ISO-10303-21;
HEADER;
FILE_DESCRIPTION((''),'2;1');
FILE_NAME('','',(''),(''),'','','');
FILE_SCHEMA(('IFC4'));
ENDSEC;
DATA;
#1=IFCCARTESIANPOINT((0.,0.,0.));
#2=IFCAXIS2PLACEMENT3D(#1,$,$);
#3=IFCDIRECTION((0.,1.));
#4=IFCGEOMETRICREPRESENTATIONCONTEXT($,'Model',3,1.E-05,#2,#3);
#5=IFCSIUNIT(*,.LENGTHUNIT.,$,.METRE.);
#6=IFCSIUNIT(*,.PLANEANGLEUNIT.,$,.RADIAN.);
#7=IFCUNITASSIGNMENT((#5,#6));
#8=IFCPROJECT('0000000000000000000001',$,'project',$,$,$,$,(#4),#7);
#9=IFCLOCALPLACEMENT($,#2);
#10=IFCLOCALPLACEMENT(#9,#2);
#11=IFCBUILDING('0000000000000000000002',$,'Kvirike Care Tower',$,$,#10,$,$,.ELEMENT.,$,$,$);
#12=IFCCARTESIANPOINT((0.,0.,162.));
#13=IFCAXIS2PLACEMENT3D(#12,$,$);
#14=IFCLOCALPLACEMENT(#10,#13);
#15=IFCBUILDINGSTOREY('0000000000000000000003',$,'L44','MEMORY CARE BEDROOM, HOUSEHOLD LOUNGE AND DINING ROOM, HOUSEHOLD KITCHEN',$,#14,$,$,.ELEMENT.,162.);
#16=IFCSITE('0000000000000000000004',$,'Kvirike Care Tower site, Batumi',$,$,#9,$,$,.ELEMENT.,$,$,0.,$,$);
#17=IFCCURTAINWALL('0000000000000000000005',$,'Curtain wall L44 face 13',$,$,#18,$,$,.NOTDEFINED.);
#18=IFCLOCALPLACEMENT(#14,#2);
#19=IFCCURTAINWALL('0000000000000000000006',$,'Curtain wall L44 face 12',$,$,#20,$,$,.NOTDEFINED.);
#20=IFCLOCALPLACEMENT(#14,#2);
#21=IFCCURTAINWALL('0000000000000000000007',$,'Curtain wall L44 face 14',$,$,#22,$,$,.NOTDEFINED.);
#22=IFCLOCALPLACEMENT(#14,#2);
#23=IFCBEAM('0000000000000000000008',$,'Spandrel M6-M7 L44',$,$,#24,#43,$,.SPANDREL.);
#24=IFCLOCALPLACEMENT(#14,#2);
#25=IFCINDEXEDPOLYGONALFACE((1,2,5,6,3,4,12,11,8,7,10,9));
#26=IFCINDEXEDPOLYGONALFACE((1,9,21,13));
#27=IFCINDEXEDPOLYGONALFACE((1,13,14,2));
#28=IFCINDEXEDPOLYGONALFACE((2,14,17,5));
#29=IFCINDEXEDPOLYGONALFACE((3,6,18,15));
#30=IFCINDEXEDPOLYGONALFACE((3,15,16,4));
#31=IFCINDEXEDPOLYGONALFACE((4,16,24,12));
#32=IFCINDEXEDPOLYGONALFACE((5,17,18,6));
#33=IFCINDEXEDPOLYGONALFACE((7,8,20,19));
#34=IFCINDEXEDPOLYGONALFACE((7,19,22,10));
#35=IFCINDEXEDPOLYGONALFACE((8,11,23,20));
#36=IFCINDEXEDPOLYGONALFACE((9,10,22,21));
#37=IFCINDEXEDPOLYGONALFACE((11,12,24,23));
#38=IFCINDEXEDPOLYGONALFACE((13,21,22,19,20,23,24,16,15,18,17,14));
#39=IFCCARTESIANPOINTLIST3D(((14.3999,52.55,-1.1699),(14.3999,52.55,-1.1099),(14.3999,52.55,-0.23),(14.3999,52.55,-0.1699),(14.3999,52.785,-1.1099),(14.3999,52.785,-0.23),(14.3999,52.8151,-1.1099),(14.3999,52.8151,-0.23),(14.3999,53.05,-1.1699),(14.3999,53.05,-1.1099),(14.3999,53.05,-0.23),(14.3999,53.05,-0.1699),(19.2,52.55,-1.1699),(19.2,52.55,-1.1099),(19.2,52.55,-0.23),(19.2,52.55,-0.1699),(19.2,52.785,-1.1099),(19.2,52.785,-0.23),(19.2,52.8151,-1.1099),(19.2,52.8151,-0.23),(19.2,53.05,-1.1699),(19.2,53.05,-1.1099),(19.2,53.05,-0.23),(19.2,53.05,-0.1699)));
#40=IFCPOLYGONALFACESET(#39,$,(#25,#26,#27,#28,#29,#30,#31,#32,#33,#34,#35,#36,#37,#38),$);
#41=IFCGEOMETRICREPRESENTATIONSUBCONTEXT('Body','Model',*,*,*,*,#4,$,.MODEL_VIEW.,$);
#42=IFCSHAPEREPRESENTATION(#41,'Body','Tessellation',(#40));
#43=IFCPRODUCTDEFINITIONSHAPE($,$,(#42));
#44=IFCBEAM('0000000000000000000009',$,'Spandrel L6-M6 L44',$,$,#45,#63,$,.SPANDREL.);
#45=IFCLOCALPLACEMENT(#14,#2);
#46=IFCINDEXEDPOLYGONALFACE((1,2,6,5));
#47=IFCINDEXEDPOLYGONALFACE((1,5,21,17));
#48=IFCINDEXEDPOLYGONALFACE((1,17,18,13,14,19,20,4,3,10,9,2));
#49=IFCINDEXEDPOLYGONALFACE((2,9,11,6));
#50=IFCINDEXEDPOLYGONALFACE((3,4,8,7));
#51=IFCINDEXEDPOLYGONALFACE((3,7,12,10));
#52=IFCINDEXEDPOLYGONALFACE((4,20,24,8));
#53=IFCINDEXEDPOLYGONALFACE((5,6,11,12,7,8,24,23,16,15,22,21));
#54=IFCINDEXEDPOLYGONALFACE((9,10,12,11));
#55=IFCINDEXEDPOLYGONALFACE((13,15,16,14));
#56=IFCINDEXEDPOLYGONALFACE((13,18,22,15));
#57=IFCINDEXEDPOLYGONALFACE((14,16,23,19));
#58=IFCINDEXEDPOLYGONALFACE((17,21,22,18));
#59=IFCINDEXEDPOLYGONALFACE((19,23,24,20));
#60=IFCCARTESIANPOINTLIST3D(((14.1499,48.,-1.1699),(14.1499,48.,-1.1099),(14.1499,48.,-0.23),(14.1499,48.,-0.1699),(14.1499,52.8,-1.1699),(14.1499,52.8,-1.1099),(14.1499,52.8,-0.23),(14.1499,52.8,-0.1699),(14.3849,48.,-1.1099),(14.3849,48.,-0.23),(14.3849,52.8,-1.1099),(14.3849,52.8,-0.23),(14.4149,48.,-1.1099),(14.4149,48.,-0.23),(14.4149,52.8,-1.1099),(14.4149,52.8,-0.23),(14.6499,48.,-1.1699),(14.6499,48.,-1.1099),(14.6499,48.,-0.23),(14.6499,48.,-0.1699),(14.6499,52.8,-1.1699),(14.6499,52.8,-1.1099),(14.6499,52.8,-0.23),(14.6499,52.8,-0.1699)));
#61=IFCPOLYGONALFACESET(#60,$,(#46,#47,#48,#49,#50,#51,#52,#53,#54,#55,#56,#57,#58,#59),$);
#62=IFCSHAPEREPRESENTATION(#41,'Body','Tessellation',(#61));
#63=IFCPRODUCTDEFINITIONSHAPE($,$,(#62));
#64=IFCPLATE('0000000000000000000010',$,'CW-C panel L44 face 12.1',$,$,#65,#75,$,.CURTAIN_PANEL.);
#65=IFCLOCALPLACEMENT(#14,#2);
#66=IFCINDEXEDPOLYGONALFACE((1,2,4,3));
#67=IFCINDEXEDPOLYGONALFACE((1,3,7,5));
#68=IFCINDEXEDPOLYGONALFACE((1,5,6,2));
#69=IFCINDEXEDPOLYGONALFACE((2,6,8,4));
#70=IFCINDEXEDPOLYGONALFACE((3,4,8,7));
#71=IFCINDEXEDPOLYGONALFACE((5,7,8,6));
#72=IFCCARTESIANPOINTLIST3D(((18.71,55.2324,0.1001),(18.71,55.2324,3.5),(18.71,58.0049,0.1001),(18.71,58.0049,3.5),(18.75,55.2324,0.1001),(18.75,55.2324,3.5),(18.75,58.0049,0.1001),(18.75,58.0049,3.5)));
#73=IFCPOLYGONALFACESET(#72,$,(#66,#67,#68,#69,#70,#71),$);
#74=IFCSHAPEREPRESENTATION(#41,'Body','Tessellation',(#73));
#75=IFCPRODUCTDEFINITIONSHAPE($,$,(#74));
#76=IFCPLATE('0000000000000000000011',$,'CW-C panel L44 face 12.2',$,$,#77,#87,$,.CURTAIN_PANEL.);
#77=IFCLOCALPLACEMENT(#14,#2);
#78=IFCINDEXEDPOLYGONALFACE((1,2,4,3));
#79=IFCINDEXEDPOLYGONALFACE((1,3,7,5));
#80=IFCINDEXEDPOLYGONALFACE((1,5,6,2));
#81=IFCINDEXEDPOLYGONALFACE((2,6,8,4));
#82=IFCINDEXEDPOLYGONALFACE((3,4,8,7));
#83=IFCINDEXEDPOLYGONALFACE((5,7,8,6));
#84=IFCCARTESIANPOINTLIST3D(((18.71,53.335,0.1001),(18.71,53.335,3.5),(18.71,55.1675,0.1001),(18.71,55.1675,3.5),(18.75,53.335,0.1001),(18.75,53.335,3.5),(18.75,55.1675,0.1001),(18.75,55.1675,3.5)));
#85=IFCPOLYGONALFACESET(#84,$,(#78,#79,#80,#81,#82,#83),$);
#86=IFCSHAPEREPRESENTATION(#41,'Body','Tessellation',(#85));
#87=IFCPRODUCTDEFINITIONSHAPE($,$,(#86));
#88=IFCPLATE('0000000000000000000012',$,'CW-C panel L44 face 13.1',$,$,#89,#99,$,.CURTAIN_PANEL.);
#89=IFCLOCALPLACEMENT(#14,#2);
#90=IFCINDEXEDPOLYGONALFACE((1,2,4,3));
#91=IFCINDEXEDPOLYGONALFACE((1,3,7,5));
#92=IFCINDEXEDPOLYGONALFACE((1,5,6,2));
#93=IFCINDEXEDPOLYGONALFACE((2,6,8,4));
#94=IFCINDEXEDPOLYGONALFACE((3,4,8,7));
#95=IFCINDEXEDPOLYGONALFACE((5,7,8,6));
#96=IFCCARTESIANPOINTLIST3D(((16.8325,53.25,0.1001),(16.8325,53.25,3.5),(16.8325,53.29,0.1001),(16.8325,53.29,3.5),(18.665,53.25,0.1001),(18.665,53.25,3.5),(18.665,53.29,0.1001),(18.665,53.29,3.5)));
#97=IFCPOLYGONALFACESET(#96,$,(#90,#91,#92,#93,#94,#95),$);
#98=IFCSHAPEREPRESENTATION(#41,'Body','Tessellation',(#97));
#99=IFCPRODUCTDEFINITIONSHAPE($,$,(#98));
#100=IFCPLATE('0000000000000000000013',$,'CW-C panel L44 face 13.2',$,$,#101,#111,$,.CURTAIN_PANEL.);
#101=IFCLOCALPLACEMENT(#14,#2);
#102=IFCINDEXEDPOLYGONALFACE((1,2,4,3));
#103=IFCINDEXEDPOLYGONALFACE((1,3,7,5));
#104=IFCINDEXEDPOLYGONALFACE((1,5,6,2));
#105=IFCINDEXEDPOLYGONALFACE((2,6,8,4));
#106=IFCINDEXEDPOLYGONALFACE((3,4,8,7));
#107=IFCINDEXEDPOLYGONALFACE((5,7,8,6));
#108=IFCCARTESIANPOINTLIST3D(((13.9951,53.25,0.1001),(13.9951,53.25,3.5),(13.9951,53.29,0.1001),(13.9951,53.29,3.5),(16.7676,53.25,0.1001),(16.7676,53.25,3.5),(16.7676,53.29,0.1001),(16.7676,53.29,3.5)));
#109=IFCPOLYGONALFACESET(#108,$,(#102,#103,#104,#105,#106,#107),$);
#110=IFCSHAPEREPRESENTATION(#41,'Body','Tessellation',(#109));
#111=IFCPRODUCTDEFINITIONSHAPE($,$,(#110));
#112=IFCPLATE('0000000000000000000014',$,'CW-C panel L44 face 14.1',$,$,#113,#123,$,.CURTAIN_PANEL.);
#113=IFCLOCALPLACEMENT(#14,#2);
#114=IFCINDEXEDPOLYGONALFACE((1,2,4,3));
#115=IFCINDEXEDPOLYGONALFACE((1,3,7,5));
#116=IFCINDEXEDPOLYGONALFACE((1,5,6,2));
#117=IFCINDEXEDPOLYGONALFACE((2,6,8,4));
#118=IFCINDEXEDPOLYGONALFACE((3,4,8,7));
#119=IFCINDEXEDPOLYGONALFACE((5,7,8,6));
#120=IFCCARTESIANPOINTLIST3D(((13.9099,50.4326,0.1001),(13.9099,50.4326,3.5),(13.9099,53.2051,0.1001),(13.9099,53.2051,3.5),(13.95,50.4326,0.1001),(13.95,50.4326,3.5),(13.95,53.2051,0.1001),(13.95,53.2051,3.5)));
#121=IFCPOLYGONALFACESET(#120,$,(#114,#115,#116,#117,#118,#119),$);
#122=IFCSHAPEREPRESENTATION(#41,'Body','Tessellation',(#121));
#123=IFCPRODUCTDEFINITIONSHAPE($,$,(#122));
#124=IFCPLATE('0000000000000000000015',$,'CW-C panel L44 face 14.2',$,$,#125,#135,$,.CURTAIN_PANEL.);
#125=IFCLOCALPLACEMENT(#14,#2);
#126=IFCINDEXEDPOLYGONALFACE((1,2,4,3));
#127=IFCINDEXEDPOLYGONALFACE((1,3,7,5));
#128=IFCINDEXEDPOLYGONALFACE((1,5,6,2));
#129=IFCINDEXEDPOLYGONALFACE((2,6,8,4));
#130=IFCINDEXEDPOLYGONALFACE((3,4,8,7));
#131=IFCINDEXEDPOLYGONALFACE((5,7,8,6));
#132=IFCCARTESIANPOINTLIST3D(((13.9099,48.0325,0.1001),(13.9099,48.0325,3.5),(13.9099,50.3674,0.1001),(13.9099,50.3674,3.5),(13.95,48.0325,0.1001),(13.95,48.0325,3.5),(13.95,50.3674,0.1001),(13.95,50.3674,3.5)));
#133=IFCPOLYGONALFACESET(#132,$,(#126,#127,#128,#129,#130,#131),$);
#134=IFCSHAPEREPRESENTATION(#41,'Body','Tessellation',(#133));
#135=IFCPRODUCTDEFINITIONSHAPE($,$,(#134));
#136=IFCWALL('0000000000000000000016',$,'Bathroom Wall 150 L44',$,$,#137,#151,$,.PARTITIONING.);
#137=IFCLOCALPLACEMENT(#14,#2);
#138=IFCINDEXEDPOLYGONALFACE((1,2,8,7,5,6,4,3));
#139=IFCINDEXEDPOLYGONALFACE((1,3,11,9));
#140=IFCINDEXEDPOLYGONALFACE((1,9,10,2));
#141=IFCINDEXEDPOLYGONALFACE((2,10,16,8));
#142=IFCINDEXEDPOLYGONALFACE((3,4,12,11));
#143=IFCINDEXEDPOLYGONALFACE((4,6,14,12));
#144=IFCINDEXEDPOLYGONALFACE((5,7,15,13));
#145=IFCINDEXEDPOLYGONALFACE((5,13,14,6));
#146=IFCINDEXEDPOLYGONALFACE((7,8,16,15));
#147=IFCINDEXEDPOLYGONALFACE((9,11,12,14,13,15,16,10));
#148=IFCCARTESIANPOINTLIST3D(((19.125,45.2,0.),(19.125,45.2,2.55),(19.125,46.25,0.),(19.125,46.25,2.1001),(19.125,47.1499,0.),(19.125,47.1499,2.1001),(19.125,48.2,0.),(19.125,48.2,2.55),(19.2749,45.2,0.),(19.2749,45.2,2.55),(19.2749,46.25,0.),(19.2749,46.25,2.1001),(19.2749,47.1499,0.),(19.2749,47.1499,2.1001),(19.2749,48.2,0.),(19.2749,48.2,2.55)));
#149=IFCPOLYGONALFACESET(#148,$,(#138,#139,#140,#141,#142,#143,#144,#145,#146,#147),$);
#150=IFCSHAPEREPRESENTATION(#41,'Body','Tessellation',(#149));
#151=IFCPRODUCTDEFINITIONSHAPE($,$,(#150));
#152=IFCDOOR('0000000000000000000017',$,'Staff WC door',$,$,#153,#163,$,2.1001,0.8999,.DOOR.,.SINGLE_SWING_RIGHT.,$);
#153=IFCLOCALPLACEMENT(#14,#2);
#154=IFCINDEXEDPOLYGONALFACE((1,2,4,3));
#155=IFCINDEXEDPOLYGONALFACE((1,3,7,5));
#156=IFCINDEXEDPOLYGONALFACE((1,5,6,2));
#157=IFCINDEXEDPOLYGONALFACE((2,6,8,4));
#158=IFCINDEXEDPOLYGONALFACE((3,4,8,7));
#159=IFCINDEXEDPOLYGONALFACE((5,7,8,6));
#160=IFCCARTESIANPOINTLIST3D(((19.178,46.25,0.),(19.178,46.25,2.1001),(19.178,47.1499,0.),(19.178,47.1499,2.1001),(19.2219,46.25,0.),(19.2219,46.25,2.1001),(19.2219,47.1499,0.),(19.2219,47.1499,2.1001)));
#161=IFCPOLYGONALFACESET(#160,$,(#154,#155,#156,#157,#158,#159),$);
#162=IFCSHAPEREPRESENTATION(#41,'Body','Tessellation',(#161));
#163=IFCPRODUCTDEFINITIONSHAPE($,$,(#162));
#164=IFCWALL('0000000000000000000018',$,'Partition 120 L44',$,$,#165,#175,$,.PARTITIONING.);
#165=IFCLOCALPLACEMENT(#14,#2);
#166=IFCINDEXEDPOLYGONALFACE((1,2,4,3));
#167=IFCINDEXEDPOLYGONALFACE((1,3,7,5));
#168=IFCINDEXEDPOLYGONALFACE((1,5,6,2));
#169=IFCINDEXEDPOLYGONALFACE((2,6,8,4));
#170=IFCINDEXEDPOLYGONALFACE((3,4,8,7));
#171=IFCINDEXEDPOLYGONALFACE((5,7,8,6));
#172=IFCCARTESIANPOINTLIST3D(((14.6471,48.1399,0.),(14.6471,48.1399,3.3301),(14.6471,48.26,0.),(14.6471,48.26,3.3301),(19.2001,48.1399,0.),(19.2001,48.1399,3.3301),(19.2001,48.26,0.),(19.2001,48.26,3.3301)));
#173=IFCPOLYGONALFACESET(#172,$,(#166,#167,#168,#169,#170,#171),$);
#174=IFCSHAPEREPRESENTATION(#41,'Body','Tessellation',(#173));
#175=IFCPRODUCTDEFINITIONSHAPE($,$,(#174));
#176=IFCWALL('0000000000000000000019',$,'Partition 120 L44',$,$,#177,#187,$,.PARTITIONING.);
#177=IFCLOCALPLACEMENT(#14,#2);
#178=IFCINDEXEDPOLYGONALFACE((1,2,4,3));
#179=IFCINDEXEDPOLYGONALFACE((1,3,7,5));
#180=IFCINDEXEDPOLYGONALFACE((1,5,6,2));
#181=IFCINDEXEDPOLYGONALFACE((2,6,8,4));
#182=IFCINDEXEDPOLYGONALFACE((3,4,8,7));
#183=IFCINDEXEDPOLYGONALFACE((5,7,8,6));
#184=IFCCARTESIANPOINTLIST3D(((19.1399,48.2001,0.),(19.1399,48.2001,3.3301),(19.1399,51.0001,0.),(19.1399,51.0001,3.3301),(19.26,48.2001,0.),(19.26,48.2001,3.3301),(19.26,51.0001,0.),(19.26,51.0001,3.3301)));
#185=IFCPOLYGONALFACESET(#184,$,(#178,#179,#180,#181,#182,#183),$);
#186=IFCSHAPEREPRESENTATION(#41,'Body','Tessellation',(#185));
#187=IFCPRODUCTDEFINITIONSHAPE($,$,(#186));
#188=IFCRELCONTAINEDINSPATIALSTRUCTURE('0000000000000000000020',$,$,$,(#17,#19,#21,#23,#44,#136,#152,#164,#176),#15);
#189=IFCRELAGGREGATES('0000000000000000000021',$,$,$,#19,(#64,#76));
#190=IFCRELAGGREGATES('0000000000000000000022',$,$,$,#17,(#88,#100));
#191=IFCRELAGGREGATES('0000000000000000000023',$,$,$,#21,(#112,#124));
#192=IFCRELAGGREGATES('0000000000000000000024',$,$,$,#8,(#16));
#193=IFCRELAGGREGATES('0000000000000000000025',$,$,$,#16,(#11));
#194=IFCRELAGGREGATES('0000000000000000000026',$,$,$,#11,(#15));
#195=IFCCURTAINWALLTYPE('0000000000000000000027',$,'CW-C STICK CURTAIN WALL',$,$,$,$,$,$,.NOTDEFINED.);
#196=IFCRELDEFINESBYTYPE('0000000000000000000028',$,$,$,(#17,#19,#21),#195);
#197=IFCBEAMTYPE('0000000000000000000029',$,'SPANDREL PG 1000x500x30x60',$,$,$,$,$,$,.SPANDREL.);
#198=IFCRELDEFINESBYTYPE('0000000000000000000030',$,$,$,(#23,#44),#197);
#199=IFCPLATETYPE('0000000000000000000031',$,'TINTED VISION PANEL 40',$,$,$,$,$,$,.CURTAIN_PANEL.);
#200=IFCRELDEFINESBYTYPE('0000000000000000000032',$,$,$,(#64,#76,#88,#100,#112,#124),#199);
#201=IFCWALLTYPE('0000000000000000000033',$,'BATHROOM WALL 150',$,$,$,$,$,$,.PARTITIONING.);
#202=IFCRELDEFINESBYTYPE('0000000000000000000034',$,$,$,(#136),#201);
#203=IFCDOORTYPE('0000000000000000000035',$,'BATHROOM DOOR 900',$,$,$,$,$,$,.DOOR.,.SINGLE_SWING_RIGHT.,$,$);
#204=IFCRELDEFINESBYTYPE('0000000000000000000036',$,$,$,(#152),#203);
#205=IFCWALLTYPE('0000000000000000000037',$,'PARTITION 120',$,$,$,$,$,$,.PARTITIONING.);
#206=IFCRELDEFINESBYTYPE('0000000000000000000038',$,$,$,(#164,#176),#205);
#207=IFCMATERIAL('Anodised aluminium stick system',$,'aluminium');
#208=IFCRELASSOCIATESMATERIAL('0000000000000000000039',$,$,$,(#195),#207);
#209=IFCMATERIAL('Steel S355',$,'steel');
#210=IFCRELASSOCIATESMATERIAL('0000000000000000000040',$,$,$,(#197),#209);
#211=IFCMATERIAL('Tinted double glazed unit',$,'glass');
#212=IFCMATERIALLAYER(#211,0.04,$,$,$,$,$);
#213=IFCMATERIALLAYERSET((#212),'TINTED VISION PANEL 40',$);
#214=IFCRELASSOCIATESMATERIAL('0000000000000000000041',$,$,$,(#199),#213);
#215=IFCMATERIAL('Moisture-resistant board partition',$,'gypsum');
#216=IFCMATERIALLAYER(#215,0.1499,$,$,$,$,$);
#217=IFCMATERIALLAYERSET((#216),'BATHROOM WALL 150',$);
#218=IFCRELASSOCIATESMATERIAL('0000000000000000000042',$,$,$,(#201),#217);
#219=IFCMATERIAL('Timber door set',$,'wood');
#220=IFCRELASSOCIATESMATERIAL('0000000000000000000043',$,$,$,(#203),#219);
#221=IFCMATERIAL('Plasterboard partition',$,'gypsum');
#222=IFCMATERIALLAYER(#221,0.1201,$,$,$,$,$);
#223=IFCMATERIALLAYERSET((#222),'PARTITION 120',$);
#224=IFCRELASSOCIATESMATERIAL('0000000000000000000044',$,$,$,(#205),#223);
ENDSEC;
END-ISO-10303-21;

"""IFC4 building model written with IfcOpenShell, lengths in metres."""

from ifc_helpers import new_model, si_unit, direction, frame, frame_2d, origin, origin_2d, place, context, subcontext, project, spatial, rectangle, i_section, extrude, material, layer, layer_set, material_profile, profile_set, type_object, element, fill, aggregate, save


model = new_model("IFC4")

# Units and contexts
model_context = context("Model", 3, precision=1e-05, world=origin(), true_north=direction((0.0, 1.0)))
body_context = subcontext(model_context, "Body", "Model", "MODEL_VIEW")
ifc_project = project(units=[si_unit("LENGTHUNIT", "METRE"), si_unit("PLANEANGLEUNIT", "RADIAN")], contexts=[model_context])

# Site, building, storey
site_placement = place(None, origin())
site = spatial("IfcSite", under=ifc_project, at=site_placement, Name="Kvirike Care Tower site, Batumi", CompositionType="ELEMENT", RefElevation=0.0)
building_placement = place(site_placement, origin())
building = spatial("IfcBuilding", under=site, at=building_placement, Name="Kvirike Care Tower", CompositionType="ELEMENT")
storey_placement = place(building_placement, frame((0.0, 0.0, 162.0)))
storey = spatial("IfcBuildingStorey", under=building, at=storey_placement, Name="L44", Description="MEMORY CARE BEDROOM, HOUSEHOLD LOUNGE AND DINING ROOM, HOUSEHOLD KITCHEN", CompositionType="ELEMENT", Elevation=162.0)

# Curtain wall
ifc_material_1 = material(Name="Anodised aluminium stick system", Category="aluminium")
curtain_wall_type = type_object("IfcCurtainWallType", Name="CW-C STICK CURTAIN WALL", PredefinedType="NOTDEFINED", material=ifc_material_1)
curtain_wall_1_placement = place(storey_placement, origin())
curtain_wall_1 = element("IfcCurtainWall", 1, at=curtain_wall_1_placement, inside=storey, type_object=curtain_wall_type, Name="Curtain wall L44 face 13", PredefinedType="NOTDEFINED")

# Curtain wall
curtain_wall_2_placement = place(storey_placement, origin())
curtain_wall_2 = element("IfcCurtainWall", 2, at=curtain_wall_2_placement, inside=storey, type_object=curtain_wall_type, Name="Curtain wall L44 face 12", PredefinedType="NOTDEFINED")

# Curtain wall
curtain_wall_3_placement = place(storey_placement, origin())
curtain_wall_3 = element("IfcCurtainWall", 3, at=curtain_wall_3_placement, inside=storey, type_object=curtain_wall_type, Name="Curtain wall L44 face 14", PredefinedType="NOTDEFINED")

# Beams
ifc_material_2 = material(Name="Steel S355", Category="steel")
ifc_material_profile_1 = material_profile(ifc_material_2, i_section(OverallWidth=0.5, OverallDepth=1.0, WebThickness=0.03, FlangeThickness=0.0601, at=origin_2d()), Name="PG 1000x500x30x60")
ifc_profile_set_1 = profile_set([ifc_material_profile_1], Name="Steel S355")
beam_type_1 = type_object("IfcBeamType", Name="SPANDREL PG 1000x500x30x60", PredefinedType="SPANDREL", material=ifc_profile_set_1)
for number, where, z_axis, x_axis, name in (
    (4, (14.3999, 52.8, -0.6699), (1.0, 0.0, 0.0), (0.0, 1.0, 0.0), "Spandrel M6-M7 L44"),
    (5, (14.3999, 48.0, -0.6699), (0.0, 1.0, 0.0), (-1.0, 0.0, 0.0), "Spandrel L6-M6 L44"),
):
    element("IfcBeam", number, at=place(storey_placement, frame(where, z_axis=z_axis, x_axis=x_axis)), inside=storey, type_object=beam_type_1, Name=name, PredefinedType="SPANDREL", context=body_context, shape_type="SweptSolid", body=[
        extrude(i_section(OverallWidth=0.5, OverallDepth=1.0, WebThickness=0.03, FlangeThickness=0.0601, at=origin_2d()), origin(), (0.0, 0.0, 1.0), 4.8),
    ])

# Plates
ifc_material_3 = material(Name="Tinted double glazed unit", Category="glass")
ifc_layer_1 = layer(ifc_material_3, 0.04)
ifc_layer_set_1 = layer_set([ifc_layer_1], Name="TINTED VISION PANEL 40")
plate_type = type_object("IfcPlateType", Name="TINTED VISION PANEL 40", PredefinedType="CURTAIN_PANEL", material=ifc_layer_set_1)
plate_1_placement = place(storey_placement, frame((18.73, 56.6187, 0.1001), z_axis=(0.0, 0.0, 1.0), x_axis=(0.0, -1.0, 0.0)))
plate_1 = element("IfcPlate", 6, at=plate_1_placement, type_object=plate_type, Name="CW-C panel L44 face 12.1", PredefinedType="CURTAIN_PANEL", context=body_context, shape_type="SweptSolid", body=[
    extrude(rectangle(XDim=2.7725, YDim=0.04, at=origin_2d()), origin(), (0.0, 0.0, 1.0), 3.3999),
])
plate_2_placement = place(storey_placement, frame((18.73, 54.2512, 0.1001), z_axis=(0.0, 0.0, 1.0), x_axis=(0.0, -1.0, 0.0)))
plate_2 = element("IfcPlate", 7, at=plate_2_placement, type_object=plate_type, Name="CW-C panel L44 face 12.2", PredefinedType="CURTAIN_PANEL", context=body_context, shape_type="SweptSolid", body=[
    extrude(rectangle(XDim=1.8325, YDim=0.04, at=origin_2d()), origin(), (0.0, 0.0, 1.0), 3.3999),
])
aggregate(curtain_wall_2, [plate_1, plate_2])
plate_3_placement = place(storey_placement, frame((17.7488, 53.27, 0.1001), z_axis=(0.0, 0.0, 1.0), x_axis=(-1.0, 0.0, 0.0)))
plate_3 = element("IfcPlate", 8, at=plate_3_placement, type_object=plate_type, Name="CW-C panel L44 face 13.1", PredefinedType="CURTAIN_PANEL", context=body_context, shape_type="SweptSolid", body=[
    extrude(rectangle(XDim=1.8325, YDim=0.04, at=origin_2d()), origin(), (0.0, 0.0, 1.0), 3.3999),
])
plate_4_placement = place(storey_placement, frame((15.3813, 53.27, 0.1001), z_axis=(0.0, 0.0, 1.0), x_axis=(-1.0, 0.0, 0.0)))
plate_4 = element("IfcPlate", 9, at=plate_4_placement, type_object=plate_type, Name="CW-C panel L44 face 13.2", PredefinedType="CURTAIN_PANEL", context=body_context, shape_type="SweptSolid", body=[
    extrude(rectangle(XDim=2.7725, YDim=0.04, at=origin_2d()), origin(), (0.0, 0.0, 1.0), 3.3999),
])
aggregate(curtain_wall_1, [plate_3, plate_4])
plate_5_placement = place(storey_placement, frame((13.9299, 51.8188, 0.1001), z_axis=(0.0, 0.0, 1.0), x_axis=(0.0, -1.0, 0.0)))
plate_5 = element("IfcPlate", 10, at=plate_5_placement, type_object=plate_type, Name="CW-C panel L44 face 14.1", PredefinedType="CURTAIN_PANEL", context=body_context, shape_type="SweptSolid", body=[
    extrude(rectangle(XDim=2.7725, YDim=0.04, at=origin_2d()), origin(), (0.0, 0.0, 1.0), 3.3999),
])
plate_6_placement = place(storey_placement, frame((13.9299, 49.2, 0.1001), z_axis=(0.0, 0.0, 1.0), x_axis=(0.0, -1.0, 0.0)))
plate_6 = element("IfcPlate", 11, at=plate_6_placement, type_object=plate_type, Name="CW-C panel L44 face 14.2", PredefinedType="CURTAIN_PANEL", context=body_context, shape_type="SweptSolid", body=[
    extrude(rectangle(XDim=2.335, YDim=0.04, at=origin_2d()), origin(), (0.0, 0.0, 1.0), 3.3999),
])
aggregate(curtain_wall_3, [plate_5, plate_6])

# Wall, opening, door
ifc_material_4 = material(Name="Moisture-resistant board partition", Category="gypsum")
ifc_layer_2 = layer(ifc_material_4, 0.1499)
ifc_layer_set_2 = layer_set([ifc_layer_2], Name="BATHROOM WALL 150")
wall_type_1 = type_object("IfcWallType", Name="BATHROOM WALL 150", PredefinedType="PARTITIONING", material=ifc_layer_set_2)
wall_1_placement = place(storey_placement, frame((19.2, 48.2, 0.0), z_axis=(0.0, 0.0, 1.0), x_axis=(0.0, -1.0, 0.0)))
wall_1 = element("IfcWall", 12, at=wall_1_placement, inside=storey, type_object=wall_type_1, Name="Bathroom Wall 150 L44", PredefinedType="PARTITIONING", context=body_context, shape_type="SweptSolid", body=[
    extrude(rectangle(XDim=3.0, YDim=0.1499, at=frame_2d((1.5, 0.0))), origin(), (0.0, 0.0, 1.0), 2.55),
])
opening_placement = place(wall_1_placement, frame((1.05, 0.0, 0.0)))
opening = element("IfcOpeningElement", 13, at=opening_placement, cuts=wall_1, PredefinedType="OPENING", context=body_context, shape_type="SweptSolid", body=[
    extrude(rectangle(XDim=0.8999, YDim=2.1001, at=frame_2d((0.45, 1.05))), frame((0.0, 0.0854, 0.0), z_axis=(0.0, -1.0, 0.0), x_axis=(1.0, 0.0, 0.0)), (0.0, 0.0, 1.0), 0.1709),
])
ifc_material_5 = material(Name="Timber door set", Category="wood")
door_type = type_object("IfcDoorType", Name="BATHROOM DOOR 900", OperationType="SINGLE_SWING_RIGHT", PredefinedType="DOOR", material=ifc_material_5)
door_placement = place(opening_placement, frame((0.8999, 0.0, 0.0), z_axis=(0.0, 0.0, 1.0), x_axis=(-1.0, 0.0, 0.0)))
door = element("IfcDoor", 14, at=door_placement, inside=storey, type_object=door_type, Name="Staff WC door", OperationType="SINGLE_SWING_RIGHT", OverallHeight=2.1001, OverallWidth=0.8999, PredefinedType="DOOR", context=body_context, shape_type="SweptSolid", body=[
    extrude(rectangle(XDim=0.8999, YDim=2.1001, at=frame_2d((0.45, 1.05))), frame((0.0, 0.022, 0.0), z_axis=(0.0, -1.0, 0.0), x_axis=(1.0, 0.0, 0.0)), (0.0, 0.0, 1.0), 0.0439),
])
fill(opening, door)

# Walls
ifc_material_6 = material(Name="Plasterboard partition", Category="gypsum")
ifc_layer_3 = layer(ifc_material_6, 0.1201)
ifc_layer_set_3 = layer_set([ifc_layer_3], Name="PARTITION 120")
wall_type_2 = type_object("IfcWallType", Name="PARTITION 120", PredefinedType="PARTITIONING", material=ifc_layer_set_3)
wall_2_placement = place(storey_placement, frame((19.2, 48.2, 0.0), z_axis=(0.0, 0.0, 1.0), x_axis=(-1.0, 0.0, 0.0)))
element("IfcWall", 15, at=wall_2_placement, inside=storey, type_object=wall_type_2, Name="Partition 120 L44", PredefinedType="PARTITIONING", context=body_context, shape_type="SweptSolid", body=[
    extrude(rectangle(XDim=4.553, YDim=0.1201, at=frame_2d((2.2764, 0.0))), origin(), (0.0, 0.0, 1.0), 3.3301),
])
wall_3_placement = place(storey_placement, frame((19.2, 51.0, 0.0), z_axis=(0.0, 0.0, 1.0), x_axis=(0.0, -1.0, 0.0)))
element("IfcWall", 16, at=wall_3_placement, inside=storey, type_object=wall_type_2, Name="Partition 120 L44", PredefinedType="PARTITIONING", context=body_context, shape_type="SweptSolid", body=[
    extrude(rectangle(XDim=2.8, YDim=0.1201, at=frame_2d((1.3999, 0.0))), origin(), (0.0, 0.0, 1.0), 3.3301),
])

save(model, "model.ifc")
